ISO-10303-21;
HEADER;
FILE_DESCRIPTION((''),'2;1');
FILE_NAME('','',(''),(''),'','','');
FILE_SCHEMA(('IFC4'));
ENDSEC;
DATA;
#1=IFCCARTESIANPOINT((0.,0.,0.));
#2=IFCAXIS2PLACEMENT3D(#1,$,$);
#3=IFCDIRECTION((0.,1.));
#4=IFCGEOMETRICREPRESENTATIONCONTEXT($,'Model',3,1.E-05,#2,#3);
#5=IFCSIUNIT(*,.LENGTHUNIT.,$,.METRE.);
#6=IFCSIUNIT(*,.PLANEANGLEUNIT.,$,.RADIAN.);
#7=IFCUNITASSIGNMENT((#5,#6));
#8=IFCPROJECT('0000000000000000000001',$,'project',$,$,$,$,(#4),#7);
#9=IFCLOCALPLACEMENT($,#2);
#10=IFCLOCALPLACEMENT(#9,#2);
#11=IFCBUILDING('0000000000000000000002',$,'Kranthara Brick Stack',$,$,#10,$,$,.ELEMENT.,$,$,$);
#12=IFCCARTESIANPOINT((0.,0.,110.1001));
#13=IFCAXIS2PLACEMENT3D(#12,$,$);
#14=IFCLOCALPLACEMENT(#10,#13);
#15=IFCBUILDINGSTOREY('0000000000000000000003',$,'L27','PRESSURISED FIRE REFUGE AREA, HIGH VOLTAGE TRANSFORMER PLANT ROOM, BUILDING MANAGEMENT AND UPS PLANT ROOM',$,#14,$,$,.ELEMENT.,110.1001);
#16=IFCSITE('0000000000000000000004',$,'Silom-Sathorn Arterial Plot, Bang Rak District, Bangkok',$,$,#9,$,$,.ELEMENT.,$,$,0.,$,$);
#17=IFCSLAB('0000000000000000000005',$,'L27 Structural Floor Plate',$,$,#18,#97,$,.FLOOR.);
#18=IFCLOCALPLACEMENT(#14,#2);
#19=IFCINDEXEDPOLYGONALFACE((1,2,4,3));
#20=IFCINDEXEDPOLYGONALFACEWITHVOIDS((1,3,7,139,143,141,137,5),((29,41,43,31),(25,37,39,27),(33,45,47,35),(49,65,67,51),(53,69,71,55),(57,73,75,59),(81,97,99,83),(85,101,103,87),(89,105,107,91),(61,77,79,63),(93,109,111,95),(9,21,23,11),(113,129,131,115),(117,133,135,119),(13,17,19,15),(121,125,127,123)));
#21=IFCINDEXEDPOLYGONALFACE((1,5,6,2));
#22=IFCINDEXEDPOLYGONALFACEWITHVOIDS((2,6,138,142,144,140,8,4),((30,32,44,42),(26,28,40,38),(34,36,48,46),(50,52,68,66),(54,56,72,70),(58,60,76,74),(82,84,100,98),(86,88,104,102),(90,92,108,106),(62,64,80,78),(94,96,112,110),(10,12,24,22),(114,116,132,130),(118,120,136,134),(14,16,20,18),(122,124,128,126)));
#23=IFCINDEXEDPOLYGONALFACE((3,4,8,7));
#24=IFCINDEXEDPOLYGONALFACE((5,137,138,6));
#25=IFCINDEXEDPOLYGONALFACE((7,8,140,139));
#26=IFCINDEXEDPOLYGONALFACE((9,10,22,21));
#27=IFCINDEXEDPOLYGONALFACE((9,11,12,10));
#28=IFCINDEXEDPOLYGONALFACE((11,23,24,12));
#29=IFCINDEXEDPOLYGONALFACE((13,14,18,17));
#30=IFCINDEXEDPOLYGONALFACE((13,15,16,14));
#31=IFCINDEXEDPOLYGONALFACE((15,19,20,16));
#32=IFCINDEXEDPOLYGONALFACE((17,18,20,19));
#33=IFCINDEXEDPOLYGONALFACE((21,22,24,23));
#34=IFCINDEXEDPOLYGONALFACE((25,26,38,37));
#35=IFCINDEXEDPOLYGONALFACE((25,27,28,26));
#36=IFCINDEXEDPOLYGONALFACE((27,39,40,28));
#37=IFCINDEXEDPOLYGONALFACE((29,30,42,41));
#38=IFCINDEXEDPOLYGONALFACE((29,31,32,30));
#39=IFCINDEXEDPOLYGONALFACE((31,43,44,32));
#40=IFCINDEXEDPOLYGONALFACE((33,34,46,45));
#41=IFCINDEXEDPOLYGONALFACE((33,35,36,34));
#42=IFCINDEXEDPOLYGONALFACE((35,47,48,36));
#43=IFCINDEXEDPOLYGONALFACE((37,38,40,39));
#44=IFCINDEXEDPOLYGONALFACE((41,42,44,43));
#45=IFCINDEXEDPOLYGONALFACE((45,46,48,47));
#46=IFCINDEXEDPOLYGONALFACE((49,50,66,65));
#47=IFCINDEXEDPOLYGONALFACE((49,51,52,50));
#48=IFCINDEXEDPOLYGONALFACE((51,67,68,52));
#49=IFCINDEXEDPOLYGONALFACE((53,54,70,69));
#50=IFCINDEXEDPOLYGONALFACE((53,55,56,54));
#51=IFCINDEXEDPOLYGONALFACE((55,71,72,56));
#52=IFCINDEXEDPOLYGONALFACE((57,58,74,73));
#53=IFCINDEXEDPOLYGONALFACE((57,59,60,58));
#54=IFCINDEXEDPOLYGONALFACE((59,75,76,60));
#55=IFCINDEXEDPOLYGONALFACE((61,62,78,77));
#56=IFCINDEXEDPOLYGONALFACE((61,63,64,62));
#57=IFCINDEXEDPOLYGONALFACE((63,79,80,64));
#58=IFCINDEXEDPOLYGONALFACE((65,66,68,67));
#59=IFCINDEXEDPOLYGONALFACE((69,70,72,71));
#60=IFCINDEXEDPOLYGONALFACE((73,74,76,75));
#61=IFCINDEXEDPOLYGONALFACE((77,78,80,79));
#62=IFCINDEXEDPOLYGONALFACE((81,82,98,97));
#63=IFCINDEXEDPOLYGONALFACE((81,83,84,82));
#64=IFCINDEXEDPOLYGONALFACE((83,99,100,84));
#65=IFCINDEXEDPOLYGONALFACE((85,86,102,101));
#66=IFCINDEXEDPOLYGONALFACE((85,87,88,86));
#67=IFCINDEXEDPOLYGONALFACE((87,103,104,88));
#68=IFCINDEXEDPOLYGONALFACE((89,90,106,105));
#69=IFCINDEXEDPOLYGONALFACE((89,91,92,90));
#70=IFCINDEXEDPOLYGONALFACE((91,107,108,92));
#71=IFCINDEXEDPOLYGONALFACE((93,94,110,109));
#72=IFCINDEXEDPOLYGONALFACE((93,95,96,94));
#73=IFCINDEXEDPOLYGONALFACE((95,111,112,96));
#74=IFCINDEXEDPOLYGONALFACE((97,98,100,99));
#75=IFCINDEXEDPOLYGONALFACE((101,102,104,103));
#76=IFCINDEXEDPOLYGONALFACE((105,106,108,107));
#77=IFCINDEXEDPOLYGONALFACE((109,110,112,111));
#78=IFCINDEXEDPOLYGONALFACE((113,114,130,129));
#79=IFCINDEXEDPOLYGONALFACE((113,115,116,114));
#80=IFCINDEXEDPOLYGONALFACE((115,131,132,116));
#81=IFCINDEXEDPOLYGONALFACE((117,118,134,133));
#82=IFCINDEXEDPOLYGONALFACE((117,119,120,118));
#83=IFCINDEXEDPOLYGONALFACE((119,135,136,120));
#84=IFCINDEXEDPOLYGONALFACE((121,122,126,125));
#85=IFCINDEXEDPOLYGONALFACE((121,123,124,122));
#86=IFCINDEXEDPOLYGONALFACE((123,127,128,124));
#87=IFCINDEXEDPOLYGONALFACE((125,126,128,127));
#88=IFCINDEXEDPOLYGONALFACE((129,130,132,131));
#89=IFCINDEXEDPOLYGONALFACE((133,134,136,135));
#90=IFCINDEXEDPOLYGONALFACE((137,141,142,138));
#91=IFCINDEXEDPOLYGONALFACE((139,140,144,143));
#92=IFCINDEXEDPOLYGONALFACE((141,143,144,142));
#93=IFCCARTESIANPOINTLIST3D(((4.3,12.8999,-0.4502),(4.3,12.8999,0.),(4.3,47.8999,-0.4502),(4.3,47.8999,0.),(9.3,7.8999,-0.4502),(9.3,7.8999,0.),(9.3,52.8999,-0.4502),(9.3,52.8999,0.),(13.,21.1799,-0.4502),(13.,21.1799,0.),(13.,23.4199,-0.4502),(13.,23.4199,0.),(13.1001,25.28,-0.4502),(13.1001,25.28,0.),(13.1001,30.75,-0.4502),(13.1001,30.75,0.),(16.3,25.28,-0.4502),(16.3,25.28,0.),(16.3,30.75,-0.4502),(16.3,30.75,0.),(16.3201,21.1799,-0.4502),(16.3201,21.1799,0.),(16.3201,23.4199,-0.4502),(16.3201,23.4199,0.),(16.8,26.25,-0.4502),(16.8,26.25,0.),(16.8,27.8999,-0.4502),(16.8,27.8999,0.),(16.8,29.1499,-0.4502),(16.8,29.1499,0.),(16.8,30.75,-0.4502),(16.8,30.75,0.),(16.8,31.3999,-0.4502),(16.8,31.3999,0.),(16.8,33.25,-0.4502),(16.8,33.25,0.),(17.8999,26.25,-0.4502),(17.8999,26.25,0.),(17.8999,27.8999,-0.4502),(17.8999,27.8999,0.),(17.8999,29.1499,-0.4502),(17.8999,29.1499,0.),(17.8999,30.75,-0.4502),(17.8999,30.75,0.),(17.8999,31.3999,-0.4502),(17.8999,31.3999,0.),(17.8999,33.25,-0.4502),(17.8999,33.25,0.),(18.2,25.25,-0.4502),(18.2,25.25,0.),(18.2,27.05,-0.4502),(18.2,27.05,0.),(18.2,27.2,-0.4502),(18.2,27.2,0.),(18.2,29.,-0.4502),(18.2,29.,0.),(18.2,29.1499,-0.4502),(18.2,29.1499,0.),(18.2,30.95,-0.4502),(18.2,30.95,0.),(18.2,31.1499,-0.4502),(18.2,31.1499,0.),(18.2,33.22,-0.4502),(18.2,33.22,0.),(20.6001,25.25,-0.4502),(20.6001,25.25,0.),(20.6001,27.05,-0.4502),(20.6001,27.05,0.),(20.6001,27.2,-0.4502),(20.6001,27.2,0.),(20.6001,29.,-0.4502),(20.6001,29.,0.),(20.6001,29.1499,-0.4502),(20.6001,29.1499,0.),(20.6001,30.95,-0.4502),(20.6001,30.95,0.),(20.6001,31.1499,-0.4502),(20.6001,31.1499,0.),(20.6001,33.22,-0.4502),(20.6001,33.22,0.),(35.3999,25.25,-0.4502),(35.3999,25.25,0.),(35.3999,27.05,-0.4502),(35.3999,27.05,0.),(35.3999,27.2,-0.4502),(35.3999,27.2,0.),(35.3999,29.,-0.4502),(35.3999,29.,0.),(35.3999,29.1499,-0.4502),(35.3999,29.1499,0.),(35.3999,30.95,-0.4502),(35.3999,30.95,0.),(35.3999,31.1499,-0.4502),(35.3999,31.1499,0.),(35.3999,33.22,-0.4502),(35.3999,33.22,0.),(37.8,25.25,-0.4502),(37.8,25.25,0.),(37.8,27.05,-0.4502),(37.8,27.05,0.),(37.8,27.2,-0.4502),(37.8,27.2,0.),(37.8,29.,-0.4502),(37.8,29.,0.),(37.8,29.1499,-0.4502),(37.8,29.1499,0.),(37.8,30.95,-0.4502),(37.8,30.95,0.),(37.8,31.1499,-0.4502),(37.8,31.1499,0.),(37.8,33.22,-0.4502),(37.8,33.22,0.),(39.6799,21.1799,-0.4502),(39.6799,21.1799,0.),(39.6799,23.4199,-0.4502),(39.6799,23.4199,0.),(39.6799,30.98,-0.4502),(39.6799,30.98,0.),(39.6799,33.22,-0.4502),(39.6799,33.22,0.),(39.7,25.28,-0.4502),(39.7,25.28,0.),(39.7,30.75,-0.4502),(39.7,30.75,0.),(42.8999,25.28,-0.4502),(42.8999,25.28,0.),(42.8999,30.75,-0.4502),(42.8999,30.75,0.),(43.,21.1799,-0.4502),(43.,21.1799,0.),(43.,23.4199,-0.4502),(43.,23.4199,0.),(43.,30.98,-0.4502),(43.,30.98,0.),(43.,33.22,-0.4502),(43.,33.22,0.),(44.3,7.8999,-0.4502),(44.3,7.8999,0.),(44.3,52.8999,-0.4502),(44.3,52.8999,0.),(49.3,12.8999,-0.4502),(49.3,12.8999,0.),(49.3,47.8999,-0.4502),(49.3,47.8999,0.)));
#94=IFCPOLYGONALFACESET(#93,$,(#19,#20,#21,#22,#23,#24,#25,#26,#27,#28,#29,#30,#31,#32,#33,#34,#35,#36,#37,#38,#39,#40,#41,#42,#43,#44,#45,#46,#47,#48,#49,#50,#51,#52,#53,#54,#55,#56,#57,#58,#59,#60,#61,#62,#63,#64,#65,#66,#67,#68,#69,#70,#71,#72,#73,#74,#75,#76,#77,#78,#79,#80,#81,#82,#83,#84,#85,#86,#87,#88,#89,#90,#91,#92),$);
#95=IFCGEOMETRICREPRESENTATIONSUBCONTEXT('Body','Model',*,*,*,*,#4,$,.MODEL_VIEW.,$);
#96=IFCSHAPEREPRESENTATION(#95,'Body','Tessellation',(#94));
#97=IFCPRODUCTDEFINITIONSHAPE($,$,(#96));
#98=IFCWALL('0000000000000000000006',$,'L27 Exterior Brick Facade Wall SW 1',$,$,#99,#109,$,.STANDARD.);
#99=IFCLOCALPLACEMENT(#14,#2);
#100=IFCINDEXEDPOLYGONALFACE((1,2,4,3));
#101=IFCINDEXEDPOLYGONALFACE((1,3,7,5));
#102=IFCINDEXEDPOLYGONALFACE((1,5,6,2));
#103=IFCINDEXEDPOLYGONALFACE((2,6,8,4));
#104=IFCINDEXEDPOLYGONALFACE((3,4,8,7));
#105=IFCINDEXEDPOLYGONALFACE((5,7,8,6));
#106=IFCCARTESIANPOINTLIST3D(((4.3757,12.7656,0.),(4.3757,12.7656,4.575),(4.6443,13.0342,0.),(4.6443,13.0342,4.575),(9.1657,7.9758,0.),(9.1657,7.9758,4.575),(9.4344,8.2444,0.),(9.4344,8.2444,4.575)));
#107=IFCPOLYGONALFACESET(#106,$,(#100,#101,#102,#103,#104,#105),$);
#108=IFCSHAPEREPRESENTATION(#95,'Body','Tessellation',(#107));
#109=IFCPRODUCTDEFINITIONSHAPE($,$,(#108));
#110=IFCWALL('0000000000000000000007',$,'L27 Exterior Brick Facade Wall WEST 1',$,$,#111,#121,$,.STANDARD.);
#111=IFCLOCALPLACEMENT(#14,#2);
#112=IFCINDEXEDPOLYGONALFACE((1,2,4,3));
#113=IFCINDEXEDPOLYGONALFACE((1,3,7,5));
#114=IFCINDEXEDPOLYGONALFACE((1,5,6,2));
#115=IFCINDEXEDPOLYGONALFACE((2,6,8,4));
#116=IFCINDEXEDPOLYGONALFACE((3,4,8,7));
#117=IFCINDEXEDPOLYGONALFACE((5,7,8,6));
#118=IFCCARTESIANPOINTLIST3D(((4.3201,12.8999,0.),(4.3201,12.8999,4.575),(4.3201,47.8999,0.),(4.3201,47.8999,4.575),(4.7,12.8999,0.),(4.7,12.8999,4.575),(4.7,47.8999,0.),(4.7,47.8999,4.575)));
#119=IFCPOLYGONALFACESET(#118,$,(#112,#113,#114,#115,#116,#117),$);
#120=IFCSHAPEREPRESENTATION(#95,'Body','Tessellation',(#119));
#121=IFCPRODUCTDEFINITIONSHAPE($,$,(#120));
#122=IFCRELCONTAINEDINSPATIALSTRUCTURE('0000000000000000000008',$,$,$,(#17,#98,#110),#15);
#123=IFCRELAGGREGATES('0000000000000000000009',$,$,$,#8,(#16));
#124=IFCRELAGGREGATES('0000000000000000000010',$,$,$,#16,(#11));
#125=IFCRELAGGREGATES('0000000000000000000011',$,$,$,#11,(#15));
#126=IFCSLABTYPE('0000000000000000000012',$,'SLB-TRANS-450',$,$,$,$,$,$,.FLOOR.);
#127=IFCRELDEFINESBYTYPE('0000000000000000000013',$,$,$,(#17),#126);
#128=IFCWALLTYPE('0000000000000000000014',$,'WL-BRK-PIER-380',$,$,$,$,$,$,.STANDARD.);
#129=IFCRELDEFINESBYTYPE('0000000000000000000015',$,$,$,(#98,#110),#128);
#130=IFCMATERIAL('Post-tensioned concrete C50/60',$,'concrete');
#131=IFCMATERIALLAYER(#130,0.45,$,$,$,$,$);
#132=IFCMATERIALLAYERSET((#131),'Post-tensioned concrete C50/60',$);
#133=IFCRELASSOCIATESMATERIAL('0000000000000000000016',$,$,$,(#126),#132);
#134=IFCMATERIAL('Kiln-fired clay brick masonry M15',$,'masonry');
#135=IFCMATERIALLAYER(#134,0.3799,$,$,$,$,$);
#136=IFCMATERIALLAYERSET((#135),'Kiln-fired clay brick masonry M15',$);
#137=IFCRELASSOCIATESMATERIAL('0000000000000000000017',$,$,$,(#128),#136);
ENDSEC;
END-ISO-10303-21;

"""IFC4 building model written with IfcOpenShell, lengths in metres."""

from ifc_helpers import new_model, si_unit, direction, frame, frame_2d, origin, place, context, subcontext, project, spatial, polyline, rectangle, outline, extrude, material, layer, layer_set, type_object, element, save


model = new_model("IFC4")

# Units and contexts
model_context = context("Model", 3, precision=1e-05, world=origin(), true_north=direction((0.0, 1.0)))
body_context = subcontext(model_context, "Body", "Model", "MODEL_VIEW")
ifc_project = project(units=[si_unit("LENGTHUNIT", "METRE"), si_unit("PLANEANGLEUNIT", "RADIAN")], contexts=[model_context])

# Site, building, storey
site_placement = place(None, origin())
site = spatial("IfcSite", under=ifc_project, at=site_placement, Name="Silom-Sathorn Arterial Plot, Bang Rak District, Bangkok", CompositionType="ELEMENT", RefElevation=0.0)
building_placement = place(site_placement, origin())
building = spatial("IfcBuilding", under=site, at=building_placement, Name="Kranthara Brick Stack", CompositionType="ELEMENT")
storey_placement = place(building_placement, frame((0.0, 0.0, 110.1001)))
storey = spatial("IfcBuildingStorey", under=building, at=storey_placement, Name="L27", Description="PRESSURISED FIRE REFUGE AREA, HIGH VOLTAGE TRANSFORMER PLANT ROOM, BUILDING MANAGEMENT AND UPS PLANT ROOM", CompositionType="ELEMENT", Elevation=110.1001)

# Slab
ifc_material_1 = material(Name="Post-tensioned concrete C50/60", Category="concrete")
ifc_layer_1 = layer(ifc_material_1, 0.45)
ifc_layer_set_1 = layer_set([ifc_layer_1], Name="Post-tensioned concrete C50/60")
slab_type_1 = type_object("IfcSlabType", Name="SLB-TRANS-450", PredefinedType="FLOOR", material=ifc_layer_set_1)
slab_1_placement = place(storey_placement, frame((0.0, 0.0, -0.4502)))
element("IfcSlab", 1, at=slab_1_placement, inside=storey, type_object=slab_type_1, Name="L27 Structural Floor Plate", PredefinedType="FLOOR", context=body_context, shape_type="SweptSolid", body=[
    extrude(outline(polyline([(9.3, 7.8999), (44.3, 7.8999), (49.3, 12.8999), (49.3, 47.8999), (44.3, 52.8999), (9.3, 52.8999), (4.3, 47.8999), (4.3, 12.8999), (9.3, 7.8999)]), holes=[polyline([(13.1001, 25.28), (16.3, 25.28), (16.3, 30.75), (13.1001, 30.75), (13.1001, 25.28)]), polyline([(39.7, 25.28), (42.8999, 25.28), (42.8999, 30.75), (39.7, 30.75), (39.7, 25.28)]), polyline([(13.0, 21.1799), (16.3201, 21.1799), (16.3201, 23.4199), (13.0, 23.4199), (13.0, 21.1799)]), polyline([(39.6799, 21.1799), (43.0, 21.1799), (43.0, 23.4199), (39.6799, 23.4199), (39.6799, 21.1799)]), polyline([(39.6799, 30.98), (43.0, 30.98), (43.0, 33.22), (39.6799, 33.22), (39.6799, 30.98)]), polyline([(18.2, 25.25), (20.6001, 25.25), (20.6001, 27.05), (18.2, 27.05), (18.2, 25.25)]), polyline([(18.2, 27.2), (20.6001, 27.2), (20.6001, 29.0), (18.2, 29.0), (18.2, 27.2)]), polyline([(18.2, 29.1499), (20.6001, 29.1499), (20.6001, 30.95), (18.2, 30.95), (18.2, 29.1499)]), polyline([(35.3999, 25.25), (37.8, 25.25), (37.8, 27.05), (35.3999, 27.05), (35.3999, 25.25)]), polyline([(35.3999, 27.2), (37.8, 27.2), (37.8, 29.0), (35.3999, 29.0), (35.3999, 27.2)]), polyline([(35.3999, 29.1499), (37.8, 29.1499), (37.8, 30.95), (35.3999, 30.95), (35.3999, 29.1499)]), polyline([(18.2, 31.1499), (20.6001, 31.1499), (20.6001, 33.22), (18.2, 33.22), (18.2, 31.1499)]), polyline([(35.3999, 31.1499), (37.8, 31.1499), (37.8, 33.22), (35.3999, 33.22), (35.3999, 31.1499)]), polyline([(16.8, 26.25), (17.8999, 26.25), (17.8999, 27.8999), (16.8, 27.8999), (16.8, 26.25)]), polyline([(16.8, 29.1499), (17.8999, 29.1499), (17.8999, 30.75), (16.8, 30.75), (16.8, 29.1499)]), polyline([(16.8, 31.3999), (17.8999, 31.3999), (17.8999, 33.25), (16.8, 33.25), (16.8, 31.3999)])]), origin(), (0.0, 0.0, 1.0), 0.4502),
])

# Walls
ifc_material_2 = material(Name="Kiln-fired clay brick masonry M15", Category="masonry")
ifc_layer_2 = layer(ifc_material_2, 0.3799)
ifc_layer_set_2 = layer_set([ifc_layer_2], Name="Kiln-fired clay brick masonry M15")
wall_type_1 = type_object("IfcWallType", Name="WL-BRK-PIER-380", PredefinedType="STANDARD", material=ifc_layer_set_2)
wall_1_placement = place(storey_placement, frame((9.3, 8.1101, 0.0), z_axis=(0.0, 0.0, 1.0), x_axis=(-0.707125, 0.707089, 0.0)))
element("IfcWall", 2, at=wall_1_placement, inside=storey, type_object=wall_type_1, Name="L27 Exterior Brick Facade Wall SW 1", PredefinedType="STANDARD", context=body_context, shape_type="SweptSolid", body=[
    extrude(rectangle(XDim=6.7739, YDim=0.3799, at=frame_2d((3.387, 0.0))), origin(), (0.0, 0.0, 1.0), 4.575),
])
wall_2_placement = place(storey_placement, frame((4.51, 12.8999, 0.0), z_axis=(0.0, 0.0, 1.0), x_axis=(0.0, 1.0, 0.0)))
element("IfcWall", 3, at=wall_2_placement, inside=storey, type_object=wall_type_1, Name="L27 Exterior Brick Facade Wall WEST 1", PredefinedType="STANDARD", context=body_context, shape_type="SweptSolid", body=[
    extrude(rectangle(XDim=35.0, YDim=0.3799, at=frame_2d((17.5, 0.0))), origin(), (0.0, 0.0, 1.0), 4.575),
])

save(model, "model.ifc")
